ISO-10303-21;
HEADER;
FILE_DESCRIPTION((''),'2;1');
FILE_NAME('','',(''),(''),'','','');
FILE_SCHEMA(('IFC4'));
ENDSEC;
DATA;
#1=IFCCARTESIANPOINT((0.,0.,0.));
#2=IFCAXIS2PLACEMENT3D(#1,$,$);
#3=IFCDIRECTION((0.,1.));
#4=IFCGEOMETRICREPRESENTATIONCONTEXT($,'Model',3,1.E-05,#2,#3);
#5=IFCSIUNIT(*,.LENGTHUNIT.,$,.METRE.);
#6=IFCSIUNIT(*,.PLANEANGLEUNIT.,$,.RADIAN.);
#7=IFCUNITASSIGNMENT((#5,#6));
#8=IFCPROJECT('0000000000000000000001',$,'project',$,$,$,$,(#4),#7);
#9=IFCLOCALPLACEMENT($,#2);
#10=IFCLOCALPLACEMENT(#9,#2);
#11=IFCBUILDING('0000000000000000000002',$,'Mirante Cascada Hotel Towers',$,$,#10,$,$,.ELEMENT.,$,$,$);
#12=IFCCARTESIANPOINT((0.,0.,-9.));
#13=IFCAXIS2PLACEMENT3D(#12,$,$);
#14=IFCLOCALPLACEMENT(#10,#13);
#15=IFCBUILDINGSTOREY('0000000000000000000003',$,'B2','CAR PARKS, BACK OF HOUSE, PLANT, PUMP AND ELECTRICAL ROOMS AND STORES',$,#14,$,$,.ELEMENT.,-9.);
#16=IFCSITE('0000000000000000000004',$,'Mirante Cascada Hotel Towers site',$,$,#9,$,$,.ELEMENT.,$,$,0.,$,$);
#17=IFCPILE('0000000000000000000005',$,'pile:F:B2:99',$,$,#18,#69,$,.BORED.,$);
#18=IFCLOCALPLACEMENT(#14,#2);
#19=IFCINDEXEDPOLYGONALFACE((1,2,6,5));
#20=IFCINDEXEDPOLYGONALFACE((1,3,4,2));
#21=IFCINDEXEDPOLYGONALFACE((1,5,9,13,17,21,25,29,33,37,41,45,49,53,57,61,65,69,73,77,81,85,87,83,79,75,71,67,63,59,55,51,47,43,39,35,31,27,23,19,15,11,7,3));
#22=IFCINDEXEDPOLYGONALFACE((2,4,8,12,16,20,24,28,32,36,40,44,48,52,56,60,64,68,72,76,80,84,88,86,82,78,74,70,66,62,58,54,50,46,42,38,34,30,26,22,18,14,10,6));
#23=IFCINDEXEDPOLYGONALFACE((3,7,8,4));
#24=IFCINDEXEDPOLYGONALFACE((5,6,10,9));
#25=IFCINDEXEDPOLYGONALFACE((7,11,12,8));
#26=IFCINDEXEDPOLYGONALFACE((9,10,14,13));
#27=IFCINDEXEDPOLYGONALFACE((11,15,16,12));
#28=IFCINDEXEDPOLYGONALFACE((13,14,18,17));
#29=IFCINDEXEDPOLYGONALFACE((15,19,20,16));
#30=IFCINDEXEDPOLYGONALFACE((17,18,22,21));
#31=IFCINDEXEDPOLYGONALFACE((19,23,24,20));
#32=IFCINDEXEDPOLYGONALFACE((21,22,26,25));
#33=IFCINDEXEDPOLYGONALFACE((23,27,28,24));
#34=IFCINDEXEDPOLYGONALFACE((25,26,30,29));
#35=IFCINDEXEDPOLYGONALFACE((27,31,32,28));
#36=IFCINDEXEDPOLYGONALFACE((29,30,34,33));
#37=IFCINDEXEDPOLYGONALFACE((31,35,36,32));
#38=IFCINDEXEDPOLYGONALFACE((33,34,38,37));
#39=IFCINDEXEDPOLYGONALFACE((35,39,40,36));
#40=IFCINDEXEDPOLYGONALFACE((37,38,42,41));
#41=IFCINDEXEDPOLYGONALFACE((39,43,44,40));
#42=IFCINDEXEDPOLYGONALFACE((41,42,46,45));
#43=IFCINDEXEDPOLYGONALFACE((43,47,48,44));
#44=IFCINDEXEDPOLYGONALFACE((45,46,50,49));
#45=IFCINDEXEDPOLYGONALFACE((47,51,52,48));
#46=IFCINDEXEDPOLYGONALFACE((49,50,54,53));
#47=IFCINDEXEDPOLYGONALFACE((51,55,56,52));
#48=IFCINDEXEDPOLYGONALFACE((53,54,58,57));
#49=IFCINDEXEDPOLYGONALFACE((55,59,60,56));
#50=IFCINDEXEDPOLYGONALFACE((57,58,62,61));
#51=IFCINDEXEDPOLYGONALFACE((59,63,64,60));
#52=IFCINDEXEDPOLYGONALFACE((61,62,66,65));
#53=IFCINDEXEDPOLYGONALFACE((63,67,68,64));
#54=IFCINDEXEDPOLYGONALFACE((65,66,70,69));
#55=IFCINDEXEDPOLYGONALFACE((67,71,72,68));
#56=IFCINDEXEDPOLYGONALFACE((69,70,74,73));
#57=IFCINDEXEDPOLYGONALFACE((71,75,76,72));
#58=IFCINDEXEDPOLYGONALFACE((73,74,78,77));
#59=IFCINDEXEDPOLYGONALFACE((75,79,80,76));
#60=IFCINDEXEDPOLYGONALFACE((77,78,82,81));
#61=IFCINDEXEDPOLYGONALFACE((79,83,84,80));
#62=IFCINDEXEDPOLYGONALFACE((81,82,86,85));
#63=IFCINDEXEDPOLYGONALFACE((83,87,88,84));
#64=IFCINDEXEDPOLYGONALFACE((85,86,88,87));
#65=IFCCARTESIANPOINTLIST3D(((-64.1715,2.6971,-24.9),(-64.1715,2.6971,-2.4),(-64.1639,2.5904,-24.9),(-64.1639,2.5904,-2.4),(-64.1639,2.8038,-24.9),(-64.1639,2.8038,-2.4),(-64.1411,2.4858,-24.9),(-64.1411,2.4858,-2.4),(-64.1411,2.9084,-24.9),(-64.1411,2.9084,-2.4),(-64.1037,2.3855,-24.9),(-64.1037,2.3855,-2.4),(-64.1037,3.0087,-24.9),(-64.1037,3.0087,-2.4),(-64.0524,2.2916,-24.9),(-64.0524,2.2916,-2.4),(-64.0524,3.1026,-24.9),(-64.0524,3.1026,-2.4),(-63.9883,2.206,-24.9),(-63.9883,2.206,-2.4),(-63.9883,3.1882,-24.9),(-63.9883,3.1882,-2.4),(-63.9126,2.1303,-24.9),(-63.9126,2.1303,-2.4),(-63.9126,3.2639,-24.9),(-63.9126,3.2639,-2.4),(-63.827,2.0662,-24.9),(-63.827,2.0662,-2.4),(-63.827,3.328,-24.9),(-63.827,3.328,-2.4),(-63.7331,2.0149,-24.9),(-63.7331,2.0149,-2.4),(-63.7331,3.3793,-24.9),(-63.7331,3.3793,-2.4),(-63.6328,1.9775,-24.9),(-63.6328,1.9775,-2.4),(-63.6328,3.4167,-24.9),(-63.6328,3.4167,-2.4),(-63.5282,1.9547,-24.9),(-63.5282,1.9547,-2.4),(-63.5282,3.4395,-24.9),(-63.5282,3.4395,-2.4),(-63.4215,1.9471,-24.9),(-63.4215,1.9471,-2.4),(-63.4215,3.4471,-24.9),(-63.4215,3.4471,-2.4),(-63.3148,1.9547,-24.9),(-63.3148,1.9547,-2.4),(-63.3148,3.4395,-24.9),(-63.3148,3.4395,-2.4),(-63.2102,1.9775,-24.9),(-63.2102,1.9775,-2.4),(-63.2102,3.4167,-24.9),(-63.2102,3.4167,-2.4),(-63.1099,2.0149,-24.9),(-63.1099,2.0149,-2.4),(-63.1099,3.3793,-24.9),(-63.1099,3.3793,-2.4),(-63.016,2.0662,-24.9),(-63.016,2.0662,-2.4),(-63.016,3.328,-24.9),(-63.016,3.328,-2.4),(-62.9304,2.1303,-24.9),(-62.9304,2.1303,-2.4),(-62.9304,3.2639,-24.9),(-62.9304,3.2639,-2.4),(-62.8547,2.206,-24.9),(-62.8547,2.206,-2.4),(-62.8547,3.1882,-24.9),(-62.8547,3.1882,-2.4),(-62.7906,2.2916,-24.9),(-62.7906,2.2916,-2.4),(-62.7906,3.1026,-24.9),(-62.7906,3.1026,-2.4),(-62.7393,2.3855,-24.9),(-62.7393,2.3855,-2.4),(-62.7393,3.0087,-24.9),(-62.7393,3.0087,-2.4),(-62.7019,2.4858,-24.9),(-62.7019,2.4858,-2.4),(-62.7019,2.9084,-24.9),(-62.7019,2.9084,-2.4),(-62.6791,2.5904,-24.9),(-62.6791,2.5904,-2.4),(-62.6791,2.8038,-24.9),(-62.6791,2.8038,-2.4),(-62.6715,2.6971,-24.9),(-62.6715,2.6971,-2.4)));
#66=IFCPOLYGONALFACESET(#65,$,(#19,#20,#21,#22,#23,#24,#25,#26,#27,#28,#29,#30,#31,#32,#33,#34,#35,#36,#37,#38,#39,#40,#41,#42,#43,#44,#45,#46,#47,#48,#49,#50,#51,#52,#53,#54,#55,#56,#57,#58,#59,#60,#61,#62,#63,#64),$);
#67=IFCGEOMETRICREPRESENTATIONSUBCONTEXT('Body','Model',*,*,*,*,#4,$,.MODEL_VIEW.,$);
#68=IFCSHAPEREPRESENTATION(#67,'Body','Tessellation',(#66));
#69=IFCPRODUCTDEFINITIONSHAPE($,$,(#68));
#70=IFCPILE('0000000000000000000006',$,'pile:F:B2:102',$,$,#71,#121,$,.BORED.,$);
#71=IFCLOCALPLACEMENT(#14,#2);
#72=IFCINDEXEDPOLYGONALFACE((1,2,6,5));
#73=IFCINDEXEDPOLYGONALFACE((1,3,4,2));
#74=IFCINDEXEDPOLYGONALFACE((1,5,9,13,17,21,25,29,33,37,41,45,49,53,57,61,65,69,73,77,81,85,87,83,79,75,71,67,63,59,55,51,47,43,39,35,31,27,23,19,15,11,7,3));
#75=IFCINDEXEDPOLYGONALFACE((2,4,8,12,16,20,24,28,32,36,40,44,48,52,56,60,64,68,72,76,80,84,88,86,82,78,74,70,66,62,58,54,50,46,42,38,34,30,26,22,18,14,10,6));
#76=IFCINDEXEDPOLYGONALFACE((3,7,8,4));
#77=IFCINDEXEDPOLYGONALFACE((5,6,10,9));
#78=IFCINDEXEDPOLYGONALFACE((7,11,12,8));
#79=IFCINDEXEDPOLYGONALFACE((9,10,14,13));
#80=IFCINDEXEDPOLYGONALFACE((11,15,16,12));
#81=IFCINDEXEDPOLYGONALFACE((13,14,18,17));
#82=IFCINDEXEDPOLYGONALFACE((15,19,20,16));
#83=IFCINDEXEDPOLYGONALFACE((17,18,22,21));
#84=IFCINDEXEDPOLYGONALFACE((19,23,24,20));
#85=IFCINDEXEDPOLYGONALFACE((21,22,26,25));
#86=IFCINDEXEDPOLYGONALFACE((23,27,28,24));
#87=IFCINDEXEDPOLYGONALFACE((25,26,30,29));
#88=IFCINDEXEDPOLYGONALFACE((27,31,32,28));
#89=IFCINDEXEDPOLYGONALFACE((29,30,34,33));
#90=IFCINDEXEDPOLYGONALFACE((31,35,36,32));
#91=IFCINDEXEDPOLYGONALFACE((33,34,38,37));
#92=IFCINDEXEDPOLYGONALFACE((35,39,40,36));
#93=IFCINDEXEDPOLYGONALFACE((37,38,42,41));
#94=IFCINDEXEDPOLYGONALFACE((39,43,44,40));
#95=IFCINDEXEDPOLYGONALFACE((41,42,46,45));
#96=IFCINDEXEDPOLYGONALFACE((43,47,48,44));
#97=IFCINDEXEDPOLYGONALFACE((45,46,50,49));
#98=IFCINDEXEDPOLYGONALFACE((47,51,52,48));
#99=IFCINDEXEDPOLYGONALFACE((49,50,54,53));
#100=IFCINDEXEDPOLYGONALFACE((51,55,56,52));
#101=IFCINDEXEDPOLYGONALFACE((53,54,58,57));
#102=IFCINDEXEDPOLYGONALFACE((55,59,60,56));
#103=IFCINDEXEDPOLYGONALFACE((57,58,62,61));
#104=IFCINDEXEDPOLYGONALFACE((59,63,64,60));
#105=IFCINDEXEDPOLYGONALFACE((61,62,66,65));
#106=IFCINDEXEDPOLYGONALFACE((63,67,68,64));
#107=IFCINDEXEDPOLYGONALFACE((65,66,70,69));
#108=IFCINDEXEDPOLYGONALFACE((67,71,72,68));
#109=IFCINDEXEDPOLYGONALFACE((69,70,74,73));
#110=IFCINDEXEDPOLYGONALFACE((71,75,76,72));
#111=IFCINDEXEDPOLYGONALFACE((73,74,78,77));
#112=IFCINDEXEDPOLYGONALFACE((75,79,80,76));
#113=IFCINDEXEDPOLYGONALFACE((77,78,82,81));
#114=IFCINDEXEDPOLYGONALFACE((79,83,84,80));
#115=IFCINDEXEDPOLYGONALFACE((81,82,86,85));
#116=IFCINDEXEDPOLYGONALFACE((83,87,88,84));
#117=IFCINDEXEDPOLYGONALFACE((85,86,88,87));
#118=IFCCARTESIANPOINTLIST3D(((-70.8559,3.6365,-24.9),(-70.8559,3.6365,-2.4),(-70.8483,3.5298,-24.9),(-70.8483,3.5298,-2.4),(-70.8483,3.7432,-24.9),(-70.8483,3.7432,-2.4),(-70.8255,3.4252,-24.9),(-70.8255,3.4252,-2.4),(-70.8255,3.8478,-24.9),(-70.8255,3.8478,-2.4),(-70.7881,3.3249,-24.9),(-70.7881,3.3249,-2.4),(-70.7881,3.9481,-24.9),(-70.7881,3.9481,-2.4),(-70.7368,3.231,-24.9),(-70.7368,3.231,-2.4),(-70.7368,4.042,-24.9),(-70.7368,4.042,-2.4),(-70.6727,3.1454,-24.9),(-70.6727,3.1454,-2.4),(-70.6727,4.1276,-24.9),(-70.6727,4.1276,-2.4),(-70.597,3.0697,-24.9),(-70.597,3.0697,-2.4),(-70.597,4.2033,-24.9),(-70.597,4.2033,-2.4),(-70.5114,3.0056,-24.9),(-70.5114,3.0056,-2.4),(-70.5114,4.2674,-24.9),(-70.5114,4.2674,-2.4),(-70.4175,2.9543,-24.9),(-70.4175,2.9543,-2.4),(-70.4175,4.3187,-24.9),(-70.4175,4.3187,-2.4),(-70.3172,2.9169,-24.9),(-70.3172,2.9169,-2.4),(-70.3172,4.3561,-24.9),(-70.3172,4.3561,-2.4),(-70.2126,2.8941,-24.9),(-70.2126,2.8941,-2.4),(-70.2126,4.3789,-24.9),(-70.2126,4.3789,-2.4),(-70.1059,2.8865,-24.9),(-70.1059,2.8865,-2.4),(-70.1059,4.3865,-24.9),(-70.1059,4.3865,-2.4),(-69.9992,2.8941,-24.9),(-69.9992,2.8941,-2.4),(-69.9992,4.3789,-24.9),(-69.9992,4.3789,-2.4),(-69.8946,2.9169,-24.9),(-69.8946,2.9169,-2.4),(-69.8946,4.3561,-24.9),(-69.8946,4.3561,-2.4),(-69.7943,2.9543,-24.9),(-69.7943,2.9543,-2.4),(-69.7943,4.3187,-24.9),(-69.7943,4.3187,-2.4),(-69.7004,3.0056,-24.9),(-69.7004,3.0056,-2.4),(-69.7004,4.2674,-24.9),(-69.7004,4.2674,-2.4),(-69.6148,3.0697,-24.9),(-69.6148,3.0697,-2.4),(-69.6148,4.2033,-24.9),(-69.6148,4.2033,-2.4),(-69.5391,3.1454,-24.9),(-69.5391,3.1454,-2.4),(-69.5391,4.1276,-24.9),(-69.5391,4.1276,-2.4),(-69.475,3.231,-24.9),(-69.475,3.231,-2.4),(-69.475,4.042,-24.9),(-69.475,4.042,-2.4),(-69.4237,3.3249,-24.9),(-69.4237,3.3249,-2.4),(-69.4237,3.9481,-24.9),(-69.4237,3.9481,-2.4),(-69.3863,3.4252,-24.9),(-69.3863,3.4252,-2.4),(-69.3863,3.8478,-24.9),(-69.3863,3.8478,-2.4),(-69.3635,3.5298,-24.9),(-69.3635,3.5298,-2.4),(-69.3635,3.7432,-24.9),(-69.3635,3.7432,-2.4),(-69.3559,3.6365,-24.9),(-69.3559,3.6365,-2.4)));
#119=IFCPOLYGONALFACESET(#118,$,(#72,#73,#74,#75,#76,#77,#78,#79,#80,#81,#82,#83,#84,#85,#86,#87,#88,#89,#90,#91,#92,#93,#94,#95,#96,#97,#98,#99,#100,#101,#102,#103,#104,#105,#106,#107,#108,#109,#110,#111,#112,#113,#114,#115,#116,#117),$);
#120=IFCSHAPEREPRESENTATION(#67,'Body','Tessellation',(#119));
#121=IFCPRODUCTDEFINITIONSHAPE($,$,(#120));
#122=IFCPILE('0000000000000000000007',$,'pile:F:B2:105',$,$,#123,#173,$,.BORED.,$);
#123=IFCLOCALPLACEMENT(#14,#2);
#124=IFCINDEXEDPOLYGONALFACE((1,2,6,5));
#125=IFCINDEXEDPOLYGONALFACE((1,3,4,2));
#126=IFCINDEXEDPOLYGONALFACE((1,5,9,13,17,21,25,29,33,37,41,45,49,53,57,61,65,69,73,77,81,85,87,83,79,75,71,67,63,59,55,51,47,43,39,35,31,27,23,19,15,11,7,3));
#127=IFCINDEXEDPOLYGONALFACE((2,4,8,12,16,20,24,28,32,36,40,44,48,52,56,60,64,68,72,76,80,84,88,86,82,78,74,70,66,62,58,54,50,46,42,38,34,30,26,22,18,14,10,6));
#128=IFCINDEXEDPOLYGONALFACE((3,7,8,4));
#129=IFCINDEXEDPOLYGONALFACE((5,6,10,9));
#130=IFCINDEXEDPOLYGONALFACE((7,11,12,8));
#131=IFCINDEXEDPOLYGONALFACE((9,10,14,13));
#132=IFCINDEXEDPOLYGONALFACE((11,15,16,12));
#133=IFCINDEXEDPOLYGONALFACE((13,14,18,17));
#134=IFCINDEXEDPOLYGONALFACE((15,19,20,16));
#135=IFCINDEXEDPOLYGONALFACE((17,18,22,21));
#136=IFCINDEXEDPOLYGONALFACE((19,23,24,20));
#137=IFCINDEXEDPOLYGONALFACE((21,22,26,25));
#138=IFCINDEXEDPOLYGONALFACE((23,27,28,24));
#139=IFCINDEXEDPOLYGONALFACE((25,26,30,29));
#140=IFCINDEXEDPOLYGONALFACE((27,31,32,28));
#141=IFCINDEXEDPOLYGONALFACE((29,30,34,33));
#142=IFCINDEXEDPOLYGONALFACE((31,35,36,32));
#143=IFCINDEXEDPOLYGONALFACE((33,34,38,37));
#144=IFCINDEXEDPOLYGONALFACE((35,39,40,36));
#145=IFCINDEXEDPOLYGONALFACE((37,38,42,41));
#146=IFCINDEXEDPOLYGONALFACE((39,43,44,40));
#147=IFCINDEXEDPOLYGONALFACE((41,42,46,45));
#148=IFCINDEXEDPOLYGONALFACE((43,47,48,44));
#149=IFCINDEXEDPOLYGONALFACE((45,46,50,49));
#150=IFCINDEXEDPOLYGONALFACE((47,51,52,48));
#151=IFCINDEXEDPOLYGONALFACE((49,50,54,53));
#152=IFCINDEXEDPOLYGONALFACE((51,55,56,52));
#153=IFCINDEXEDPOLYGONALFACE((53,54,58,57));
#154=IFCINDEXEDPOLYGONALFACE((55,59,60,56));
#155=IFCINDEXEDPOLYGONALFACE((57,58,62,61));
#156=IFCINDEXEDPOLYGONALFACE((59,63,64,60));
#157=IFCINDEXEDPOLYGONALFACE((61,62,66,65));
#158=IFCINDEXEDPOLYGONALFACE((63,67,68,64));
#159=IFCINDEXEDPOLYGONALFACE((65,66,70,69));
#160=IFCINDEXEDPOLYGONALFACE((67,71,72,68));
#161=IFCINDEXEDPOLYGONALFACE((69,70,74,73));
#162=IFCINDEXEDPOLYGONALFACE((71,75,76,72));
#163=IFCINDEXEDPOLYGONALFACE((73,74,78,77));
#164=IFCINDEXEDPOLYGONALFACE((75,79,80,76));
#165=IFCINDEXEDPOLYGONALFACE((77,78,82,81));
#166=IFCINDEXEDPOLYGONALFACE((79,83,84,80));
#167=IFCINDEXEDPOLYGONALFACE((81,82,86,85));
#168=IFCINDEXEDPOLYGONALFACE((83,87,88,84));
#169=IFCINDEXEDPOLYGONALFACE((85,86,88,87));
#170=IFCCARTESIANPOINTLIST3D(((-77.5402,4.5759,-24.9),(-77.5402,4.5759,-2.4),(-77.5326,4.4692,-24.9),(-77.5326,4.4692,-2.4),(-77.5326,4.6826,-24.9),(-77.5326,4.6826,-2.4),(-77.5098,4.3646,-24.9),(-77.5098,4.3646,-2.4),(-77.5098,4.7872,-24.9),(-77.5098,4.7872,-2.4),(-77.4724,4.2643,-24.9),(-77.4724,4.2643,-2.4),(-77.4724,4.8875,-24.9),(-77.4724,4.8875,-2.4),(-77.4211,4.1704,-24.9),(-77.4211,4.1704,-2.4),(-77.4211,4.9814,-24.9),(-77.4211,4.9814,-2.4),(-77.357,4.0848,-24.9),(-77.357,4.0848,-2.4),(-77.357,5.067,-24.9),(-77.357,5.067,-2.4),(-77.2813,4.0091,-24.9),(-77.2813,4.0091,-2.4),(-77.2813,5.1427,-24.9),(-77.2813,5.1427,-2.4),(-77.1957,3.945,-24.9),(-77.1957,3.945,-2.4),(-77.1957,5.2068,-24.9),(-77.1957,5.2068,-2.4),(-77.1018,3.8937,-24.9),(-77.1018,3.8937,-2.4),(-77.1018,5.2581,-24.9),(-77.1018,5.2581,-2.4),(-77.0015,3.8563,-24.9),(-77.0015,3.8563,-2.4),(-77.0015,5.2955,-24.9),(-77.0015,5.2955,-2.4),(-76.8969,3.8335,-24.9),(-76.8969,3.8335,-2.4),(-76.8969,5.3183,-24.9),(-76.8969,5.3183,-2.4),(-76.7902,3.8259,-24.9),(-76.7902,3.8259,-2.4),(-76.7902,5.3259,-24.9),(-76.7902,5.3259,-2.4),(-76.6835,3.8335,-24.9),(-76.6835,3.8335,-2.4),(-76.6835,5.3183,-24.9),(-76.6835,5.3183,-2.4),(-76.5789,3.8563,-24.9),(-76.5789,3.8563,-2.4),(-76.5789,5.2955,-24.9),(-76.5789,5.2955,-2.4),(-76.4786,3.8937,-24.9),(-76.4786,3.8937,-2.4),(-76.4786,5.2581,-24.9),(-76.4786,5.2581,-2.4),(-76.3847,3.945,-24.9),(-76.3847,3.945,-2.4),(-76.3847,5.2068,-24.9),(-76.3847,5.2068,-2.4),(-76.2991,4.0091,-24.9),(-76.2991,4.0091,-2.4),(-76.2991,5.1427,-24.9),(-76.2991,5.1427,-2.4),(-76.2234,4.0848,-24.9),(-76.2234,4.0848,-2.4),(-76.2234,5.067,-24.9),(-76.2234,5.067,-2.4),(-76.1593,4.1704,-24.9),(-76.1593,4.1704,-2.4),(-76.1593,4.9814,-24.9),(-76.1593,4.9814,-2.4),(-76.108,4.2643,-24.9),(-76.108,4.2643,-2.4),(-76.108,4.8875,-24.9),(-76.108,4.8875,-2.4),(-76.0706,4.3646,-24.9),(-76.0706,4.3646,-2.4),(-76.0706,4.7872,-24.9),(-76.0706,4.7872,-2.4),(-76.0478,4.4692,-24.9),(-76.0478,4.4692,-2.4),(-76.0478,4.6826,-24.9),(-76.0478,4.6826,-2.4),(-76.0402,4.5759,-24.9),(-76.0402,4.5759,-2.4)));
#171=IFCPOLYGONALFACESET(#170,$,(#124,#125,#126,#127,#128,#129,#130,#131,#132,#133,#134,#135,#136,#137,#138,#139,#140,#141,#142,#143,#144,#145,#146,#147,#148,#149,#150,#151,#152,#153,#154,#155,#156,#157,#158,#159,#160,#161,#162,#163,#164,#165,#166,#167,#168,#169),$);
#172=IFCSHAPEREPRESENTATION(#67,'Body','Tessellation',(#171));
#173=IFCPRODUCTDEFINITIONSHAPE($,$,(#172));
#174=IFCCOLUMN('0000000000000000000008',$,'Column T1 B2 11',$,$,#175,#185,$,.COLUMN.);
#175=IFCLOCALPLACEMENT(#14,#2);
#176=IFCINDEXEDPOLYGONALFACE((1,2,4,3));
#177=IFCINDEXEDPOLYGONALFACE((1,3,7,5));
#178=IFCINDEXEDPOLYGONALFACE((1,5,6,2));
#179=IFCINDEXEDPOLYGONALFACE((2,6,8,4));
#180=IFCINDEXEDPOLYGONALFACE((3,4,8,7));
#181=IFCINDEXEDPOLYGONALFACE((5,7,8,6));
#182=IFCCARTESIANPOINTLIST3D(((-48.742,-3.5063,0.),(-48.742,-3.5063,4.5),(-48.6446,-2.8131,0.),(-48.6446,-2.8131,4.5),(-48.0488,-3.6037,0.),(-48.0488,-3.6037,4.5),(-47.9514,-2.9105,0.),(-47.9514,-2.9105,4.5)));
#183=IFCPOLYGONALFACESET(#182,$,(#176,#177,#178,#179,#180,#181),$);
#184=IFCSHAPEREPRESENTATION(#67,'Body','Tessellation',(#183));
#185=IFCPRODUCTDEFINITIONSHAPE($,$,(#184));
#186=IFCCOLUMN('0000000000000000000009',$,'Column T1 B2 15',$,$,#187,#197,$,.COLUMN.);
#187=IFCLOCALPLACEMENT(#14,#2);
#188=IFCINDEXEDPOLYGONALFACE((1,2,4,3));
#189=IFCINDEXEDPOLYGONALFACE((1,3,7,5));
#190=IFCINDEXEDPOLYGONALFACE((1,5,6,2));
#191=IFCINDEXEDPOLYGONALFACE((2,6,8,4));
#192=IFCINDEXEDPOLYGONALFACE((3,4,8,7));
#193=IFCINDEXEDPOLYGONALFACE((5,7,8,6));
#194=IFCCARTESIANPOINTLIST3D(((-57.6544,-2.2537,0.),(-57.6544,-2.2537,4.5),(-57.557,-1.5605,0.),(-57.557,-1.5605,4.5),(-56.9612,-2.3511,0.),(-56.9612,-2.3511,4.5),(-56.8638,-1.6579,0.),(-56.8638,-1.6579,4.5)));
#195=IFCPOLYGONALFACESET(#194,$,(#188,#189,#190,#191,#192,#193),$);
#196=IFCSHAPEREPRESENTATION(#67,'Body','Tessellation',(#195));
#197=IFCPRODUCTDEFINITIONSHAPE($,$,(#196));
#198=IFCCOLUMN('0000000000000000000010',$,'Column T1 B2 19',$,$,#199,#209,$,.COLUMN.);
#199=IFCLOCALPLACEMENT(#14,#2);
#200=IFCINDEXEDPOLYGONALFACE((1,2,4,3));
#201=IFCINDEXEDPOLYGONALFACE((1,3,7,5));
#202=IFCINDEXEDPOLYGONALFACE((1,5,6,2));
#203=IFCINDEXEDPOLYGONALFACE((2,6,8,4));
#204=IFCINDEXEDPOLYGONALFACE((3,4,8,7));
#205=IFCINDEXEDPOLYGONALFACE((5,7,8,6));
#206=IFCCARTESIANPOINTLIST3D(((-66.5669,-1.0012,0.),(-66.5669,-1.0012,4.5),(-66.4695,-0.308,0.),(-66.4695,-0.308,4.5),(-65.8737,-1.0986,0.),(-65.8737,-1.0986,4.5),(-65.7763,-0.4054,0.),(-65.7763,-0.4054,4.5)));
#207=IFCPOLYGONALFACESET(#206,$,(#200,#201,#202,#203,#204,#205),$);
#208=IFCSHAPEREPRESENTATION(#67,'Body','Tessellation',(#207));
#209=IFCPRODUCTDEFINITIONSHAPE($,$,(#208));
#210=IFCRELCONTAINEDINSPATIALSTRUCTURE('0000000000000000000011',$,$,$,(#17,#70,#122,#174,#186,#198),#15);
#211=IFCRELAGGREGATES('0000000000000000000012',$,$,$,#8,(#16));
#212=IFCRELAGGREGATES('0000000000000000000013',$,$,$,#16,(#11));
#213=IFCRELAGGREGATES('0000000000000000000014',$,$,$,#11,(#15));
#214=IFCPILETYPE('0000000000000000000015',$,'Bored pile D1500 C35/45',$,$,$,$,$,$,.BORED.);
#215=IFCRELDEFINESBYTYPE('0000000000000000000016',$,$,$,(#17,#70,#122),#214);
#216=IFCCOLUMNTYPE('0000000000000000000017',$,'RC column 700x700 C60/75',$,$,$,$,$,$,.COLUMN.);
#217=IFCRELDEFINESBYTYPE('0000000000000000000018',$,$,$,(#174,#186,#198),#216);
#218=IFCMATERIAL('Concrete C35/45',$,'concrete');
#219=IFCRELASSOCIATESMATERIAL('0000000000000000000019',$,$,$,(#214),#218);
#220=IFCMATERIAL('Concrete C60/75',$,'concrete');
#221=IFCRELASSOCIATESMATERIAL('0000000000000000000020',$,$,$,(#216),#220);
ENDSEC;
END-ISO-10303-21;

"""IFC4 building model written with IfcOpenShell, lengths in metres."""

from ifc_helpers import new_model, si_unit, direction, frame, origin, origin_2d, place, context, subcontext, project, spatial, rectangle, circle, extrude, material, material_profile, profile_set, type_object, element, save


model = new_model("IFC4")

# Units and contexts
model_context = context("Model", 3, precision=1e-05, world=origin(), true_north=direction((0.0, 1.0)))
body_context = subcontext(model_context, "Body", "Model", "MODEL_VIEW")
ifc_project = project(units=[si_unit("LENGTHUNIT", "METRE"), si_unit("PLANEANGLEUNIT", "RADIAN")], contexts=[model_context])

# Site, building, storey
site_placement = place(None, origin())
site = spatial("IfcSite", under=ifc_project, at=site_placement, Name="Mirante Cascada Hotel Towers site", CompositionType="ELEMENT", RefElevation=0.0)
building_placement = place(site_placement, origin())
building = spatial("IfcBuilding", under=site, at=building_placement, Name="Mirante Cascada Hotel Towers", CompositionType="ELEMENT")
storey_placement = place(building_placement, frame((0.0, 0.0, -9.0)))
storey = spatial("IfcBuildingStorey", under=building, at=storey_placement, Name="B2", Description="CAR PARKS, BACK OF HOUSE, PLANT, PUMP AND ELECTRICAL ROOMS AND STORES", CompositionType="ELEMENT", Elevation=-9.0)

# Piles
ifc_material_1 = material(Name="Concrete C35/45", Category="concrete")
ifc_material_profile_1 = material_profile(ifc_material_1, circle(Radius=0.75, at=origin_2d()), Name="RC D1500")
ifc_profile_set_1 = profile_set([ifc_material_profile_1], Name="Concrete C35/45")
pile_type = type_object("IfcPileType", Name="Bored pile D1500 C35/45", PredefinedType="BORED", material=ifc_profile_set_1)
for number, where, z_axis, x_axis, name in (
    (1, (-63.4215, 2.6971, -2.4), (0.0, 0.0, -1.0), (1.0, 0.0, 0.0), "pile:F:B2:99"),
    (2, (-70.1059, 3.6365, -2.4), (0.0, 0.0, -1.0), (1.0, 0.0, 0.0), "pile:F:B2:102"),
    (3, (-76.7902, 4.5759, -2.4), (0.0, 0.0, -1.0), (1.0, 0.0, 0.0), "pile:F:B2:105"),
):
    element("IfcPile", number, at=place(storey_placement, frame(where, z_axis=z_axis, x_axis=x_axis)), inside=storey, type_object=pile_type, Name=name, PredefinedType="BORED", context=body_context, shape_type="SweptSolid", body=[
        extrude(circle(Radius=0.75, at=origin_2d()), origin(), (0.0, 0.0, 1.0), 22.5),
    ])

# Columns
ifc_material_2 = material(Name="Concrete C60/75", Category="concrete")
ifc_material_profile_2 = material_profile(ifc_material_2, rectangle(XDim=0.7, YDim=0.7, at=origin_2d()), Name="RC column 700x700 C60/75")
ifc_profile_set_2 = profile_set([ifc_material_profile_2], Name="Concrete C60/75")
column_type = type_object("IfcColumnType", Name="RC column 700x700 C60/75", PredefinedType="COLUMN", material=ifc_profile_set_2)
for number, where, z_axis, x_axis, name in (
    (4, (-48.3467, -3.2084, 0.0), (0.0, 0.0, 1.0), (-0.990268, 0.139173, 0.0), "Column T1 B2 11"),
    (5, (-57.2591, -1.9558, 0.0), (0.0, 0.0, 1.0), (-0.990268, 0.139173, 0.0), "Column T1 B2 15"),
    (6, (-66.1716, -0.7033, 0.0), (0.0, 0.0, 1.0), (-0.990268, 0.139173, 0.0), "Column T1 B2 19"),
):
    element("IfcColumn", number, at=place(storey_placement, frame(where, z_axis=z_axis, x_axis=x_axis)), inside=storey, type_object=column_type, Name=name, PredefinedType="COLUMN", context=body_context, shape_type="SweptSolid", body=[
        extrude(rectangle(XDim=0.7, YDim=0.7, at=origin_2d()), origin(), (0.0, 0.0, 1.0), 4.5),
    ])

save(model, "model.ifc")
